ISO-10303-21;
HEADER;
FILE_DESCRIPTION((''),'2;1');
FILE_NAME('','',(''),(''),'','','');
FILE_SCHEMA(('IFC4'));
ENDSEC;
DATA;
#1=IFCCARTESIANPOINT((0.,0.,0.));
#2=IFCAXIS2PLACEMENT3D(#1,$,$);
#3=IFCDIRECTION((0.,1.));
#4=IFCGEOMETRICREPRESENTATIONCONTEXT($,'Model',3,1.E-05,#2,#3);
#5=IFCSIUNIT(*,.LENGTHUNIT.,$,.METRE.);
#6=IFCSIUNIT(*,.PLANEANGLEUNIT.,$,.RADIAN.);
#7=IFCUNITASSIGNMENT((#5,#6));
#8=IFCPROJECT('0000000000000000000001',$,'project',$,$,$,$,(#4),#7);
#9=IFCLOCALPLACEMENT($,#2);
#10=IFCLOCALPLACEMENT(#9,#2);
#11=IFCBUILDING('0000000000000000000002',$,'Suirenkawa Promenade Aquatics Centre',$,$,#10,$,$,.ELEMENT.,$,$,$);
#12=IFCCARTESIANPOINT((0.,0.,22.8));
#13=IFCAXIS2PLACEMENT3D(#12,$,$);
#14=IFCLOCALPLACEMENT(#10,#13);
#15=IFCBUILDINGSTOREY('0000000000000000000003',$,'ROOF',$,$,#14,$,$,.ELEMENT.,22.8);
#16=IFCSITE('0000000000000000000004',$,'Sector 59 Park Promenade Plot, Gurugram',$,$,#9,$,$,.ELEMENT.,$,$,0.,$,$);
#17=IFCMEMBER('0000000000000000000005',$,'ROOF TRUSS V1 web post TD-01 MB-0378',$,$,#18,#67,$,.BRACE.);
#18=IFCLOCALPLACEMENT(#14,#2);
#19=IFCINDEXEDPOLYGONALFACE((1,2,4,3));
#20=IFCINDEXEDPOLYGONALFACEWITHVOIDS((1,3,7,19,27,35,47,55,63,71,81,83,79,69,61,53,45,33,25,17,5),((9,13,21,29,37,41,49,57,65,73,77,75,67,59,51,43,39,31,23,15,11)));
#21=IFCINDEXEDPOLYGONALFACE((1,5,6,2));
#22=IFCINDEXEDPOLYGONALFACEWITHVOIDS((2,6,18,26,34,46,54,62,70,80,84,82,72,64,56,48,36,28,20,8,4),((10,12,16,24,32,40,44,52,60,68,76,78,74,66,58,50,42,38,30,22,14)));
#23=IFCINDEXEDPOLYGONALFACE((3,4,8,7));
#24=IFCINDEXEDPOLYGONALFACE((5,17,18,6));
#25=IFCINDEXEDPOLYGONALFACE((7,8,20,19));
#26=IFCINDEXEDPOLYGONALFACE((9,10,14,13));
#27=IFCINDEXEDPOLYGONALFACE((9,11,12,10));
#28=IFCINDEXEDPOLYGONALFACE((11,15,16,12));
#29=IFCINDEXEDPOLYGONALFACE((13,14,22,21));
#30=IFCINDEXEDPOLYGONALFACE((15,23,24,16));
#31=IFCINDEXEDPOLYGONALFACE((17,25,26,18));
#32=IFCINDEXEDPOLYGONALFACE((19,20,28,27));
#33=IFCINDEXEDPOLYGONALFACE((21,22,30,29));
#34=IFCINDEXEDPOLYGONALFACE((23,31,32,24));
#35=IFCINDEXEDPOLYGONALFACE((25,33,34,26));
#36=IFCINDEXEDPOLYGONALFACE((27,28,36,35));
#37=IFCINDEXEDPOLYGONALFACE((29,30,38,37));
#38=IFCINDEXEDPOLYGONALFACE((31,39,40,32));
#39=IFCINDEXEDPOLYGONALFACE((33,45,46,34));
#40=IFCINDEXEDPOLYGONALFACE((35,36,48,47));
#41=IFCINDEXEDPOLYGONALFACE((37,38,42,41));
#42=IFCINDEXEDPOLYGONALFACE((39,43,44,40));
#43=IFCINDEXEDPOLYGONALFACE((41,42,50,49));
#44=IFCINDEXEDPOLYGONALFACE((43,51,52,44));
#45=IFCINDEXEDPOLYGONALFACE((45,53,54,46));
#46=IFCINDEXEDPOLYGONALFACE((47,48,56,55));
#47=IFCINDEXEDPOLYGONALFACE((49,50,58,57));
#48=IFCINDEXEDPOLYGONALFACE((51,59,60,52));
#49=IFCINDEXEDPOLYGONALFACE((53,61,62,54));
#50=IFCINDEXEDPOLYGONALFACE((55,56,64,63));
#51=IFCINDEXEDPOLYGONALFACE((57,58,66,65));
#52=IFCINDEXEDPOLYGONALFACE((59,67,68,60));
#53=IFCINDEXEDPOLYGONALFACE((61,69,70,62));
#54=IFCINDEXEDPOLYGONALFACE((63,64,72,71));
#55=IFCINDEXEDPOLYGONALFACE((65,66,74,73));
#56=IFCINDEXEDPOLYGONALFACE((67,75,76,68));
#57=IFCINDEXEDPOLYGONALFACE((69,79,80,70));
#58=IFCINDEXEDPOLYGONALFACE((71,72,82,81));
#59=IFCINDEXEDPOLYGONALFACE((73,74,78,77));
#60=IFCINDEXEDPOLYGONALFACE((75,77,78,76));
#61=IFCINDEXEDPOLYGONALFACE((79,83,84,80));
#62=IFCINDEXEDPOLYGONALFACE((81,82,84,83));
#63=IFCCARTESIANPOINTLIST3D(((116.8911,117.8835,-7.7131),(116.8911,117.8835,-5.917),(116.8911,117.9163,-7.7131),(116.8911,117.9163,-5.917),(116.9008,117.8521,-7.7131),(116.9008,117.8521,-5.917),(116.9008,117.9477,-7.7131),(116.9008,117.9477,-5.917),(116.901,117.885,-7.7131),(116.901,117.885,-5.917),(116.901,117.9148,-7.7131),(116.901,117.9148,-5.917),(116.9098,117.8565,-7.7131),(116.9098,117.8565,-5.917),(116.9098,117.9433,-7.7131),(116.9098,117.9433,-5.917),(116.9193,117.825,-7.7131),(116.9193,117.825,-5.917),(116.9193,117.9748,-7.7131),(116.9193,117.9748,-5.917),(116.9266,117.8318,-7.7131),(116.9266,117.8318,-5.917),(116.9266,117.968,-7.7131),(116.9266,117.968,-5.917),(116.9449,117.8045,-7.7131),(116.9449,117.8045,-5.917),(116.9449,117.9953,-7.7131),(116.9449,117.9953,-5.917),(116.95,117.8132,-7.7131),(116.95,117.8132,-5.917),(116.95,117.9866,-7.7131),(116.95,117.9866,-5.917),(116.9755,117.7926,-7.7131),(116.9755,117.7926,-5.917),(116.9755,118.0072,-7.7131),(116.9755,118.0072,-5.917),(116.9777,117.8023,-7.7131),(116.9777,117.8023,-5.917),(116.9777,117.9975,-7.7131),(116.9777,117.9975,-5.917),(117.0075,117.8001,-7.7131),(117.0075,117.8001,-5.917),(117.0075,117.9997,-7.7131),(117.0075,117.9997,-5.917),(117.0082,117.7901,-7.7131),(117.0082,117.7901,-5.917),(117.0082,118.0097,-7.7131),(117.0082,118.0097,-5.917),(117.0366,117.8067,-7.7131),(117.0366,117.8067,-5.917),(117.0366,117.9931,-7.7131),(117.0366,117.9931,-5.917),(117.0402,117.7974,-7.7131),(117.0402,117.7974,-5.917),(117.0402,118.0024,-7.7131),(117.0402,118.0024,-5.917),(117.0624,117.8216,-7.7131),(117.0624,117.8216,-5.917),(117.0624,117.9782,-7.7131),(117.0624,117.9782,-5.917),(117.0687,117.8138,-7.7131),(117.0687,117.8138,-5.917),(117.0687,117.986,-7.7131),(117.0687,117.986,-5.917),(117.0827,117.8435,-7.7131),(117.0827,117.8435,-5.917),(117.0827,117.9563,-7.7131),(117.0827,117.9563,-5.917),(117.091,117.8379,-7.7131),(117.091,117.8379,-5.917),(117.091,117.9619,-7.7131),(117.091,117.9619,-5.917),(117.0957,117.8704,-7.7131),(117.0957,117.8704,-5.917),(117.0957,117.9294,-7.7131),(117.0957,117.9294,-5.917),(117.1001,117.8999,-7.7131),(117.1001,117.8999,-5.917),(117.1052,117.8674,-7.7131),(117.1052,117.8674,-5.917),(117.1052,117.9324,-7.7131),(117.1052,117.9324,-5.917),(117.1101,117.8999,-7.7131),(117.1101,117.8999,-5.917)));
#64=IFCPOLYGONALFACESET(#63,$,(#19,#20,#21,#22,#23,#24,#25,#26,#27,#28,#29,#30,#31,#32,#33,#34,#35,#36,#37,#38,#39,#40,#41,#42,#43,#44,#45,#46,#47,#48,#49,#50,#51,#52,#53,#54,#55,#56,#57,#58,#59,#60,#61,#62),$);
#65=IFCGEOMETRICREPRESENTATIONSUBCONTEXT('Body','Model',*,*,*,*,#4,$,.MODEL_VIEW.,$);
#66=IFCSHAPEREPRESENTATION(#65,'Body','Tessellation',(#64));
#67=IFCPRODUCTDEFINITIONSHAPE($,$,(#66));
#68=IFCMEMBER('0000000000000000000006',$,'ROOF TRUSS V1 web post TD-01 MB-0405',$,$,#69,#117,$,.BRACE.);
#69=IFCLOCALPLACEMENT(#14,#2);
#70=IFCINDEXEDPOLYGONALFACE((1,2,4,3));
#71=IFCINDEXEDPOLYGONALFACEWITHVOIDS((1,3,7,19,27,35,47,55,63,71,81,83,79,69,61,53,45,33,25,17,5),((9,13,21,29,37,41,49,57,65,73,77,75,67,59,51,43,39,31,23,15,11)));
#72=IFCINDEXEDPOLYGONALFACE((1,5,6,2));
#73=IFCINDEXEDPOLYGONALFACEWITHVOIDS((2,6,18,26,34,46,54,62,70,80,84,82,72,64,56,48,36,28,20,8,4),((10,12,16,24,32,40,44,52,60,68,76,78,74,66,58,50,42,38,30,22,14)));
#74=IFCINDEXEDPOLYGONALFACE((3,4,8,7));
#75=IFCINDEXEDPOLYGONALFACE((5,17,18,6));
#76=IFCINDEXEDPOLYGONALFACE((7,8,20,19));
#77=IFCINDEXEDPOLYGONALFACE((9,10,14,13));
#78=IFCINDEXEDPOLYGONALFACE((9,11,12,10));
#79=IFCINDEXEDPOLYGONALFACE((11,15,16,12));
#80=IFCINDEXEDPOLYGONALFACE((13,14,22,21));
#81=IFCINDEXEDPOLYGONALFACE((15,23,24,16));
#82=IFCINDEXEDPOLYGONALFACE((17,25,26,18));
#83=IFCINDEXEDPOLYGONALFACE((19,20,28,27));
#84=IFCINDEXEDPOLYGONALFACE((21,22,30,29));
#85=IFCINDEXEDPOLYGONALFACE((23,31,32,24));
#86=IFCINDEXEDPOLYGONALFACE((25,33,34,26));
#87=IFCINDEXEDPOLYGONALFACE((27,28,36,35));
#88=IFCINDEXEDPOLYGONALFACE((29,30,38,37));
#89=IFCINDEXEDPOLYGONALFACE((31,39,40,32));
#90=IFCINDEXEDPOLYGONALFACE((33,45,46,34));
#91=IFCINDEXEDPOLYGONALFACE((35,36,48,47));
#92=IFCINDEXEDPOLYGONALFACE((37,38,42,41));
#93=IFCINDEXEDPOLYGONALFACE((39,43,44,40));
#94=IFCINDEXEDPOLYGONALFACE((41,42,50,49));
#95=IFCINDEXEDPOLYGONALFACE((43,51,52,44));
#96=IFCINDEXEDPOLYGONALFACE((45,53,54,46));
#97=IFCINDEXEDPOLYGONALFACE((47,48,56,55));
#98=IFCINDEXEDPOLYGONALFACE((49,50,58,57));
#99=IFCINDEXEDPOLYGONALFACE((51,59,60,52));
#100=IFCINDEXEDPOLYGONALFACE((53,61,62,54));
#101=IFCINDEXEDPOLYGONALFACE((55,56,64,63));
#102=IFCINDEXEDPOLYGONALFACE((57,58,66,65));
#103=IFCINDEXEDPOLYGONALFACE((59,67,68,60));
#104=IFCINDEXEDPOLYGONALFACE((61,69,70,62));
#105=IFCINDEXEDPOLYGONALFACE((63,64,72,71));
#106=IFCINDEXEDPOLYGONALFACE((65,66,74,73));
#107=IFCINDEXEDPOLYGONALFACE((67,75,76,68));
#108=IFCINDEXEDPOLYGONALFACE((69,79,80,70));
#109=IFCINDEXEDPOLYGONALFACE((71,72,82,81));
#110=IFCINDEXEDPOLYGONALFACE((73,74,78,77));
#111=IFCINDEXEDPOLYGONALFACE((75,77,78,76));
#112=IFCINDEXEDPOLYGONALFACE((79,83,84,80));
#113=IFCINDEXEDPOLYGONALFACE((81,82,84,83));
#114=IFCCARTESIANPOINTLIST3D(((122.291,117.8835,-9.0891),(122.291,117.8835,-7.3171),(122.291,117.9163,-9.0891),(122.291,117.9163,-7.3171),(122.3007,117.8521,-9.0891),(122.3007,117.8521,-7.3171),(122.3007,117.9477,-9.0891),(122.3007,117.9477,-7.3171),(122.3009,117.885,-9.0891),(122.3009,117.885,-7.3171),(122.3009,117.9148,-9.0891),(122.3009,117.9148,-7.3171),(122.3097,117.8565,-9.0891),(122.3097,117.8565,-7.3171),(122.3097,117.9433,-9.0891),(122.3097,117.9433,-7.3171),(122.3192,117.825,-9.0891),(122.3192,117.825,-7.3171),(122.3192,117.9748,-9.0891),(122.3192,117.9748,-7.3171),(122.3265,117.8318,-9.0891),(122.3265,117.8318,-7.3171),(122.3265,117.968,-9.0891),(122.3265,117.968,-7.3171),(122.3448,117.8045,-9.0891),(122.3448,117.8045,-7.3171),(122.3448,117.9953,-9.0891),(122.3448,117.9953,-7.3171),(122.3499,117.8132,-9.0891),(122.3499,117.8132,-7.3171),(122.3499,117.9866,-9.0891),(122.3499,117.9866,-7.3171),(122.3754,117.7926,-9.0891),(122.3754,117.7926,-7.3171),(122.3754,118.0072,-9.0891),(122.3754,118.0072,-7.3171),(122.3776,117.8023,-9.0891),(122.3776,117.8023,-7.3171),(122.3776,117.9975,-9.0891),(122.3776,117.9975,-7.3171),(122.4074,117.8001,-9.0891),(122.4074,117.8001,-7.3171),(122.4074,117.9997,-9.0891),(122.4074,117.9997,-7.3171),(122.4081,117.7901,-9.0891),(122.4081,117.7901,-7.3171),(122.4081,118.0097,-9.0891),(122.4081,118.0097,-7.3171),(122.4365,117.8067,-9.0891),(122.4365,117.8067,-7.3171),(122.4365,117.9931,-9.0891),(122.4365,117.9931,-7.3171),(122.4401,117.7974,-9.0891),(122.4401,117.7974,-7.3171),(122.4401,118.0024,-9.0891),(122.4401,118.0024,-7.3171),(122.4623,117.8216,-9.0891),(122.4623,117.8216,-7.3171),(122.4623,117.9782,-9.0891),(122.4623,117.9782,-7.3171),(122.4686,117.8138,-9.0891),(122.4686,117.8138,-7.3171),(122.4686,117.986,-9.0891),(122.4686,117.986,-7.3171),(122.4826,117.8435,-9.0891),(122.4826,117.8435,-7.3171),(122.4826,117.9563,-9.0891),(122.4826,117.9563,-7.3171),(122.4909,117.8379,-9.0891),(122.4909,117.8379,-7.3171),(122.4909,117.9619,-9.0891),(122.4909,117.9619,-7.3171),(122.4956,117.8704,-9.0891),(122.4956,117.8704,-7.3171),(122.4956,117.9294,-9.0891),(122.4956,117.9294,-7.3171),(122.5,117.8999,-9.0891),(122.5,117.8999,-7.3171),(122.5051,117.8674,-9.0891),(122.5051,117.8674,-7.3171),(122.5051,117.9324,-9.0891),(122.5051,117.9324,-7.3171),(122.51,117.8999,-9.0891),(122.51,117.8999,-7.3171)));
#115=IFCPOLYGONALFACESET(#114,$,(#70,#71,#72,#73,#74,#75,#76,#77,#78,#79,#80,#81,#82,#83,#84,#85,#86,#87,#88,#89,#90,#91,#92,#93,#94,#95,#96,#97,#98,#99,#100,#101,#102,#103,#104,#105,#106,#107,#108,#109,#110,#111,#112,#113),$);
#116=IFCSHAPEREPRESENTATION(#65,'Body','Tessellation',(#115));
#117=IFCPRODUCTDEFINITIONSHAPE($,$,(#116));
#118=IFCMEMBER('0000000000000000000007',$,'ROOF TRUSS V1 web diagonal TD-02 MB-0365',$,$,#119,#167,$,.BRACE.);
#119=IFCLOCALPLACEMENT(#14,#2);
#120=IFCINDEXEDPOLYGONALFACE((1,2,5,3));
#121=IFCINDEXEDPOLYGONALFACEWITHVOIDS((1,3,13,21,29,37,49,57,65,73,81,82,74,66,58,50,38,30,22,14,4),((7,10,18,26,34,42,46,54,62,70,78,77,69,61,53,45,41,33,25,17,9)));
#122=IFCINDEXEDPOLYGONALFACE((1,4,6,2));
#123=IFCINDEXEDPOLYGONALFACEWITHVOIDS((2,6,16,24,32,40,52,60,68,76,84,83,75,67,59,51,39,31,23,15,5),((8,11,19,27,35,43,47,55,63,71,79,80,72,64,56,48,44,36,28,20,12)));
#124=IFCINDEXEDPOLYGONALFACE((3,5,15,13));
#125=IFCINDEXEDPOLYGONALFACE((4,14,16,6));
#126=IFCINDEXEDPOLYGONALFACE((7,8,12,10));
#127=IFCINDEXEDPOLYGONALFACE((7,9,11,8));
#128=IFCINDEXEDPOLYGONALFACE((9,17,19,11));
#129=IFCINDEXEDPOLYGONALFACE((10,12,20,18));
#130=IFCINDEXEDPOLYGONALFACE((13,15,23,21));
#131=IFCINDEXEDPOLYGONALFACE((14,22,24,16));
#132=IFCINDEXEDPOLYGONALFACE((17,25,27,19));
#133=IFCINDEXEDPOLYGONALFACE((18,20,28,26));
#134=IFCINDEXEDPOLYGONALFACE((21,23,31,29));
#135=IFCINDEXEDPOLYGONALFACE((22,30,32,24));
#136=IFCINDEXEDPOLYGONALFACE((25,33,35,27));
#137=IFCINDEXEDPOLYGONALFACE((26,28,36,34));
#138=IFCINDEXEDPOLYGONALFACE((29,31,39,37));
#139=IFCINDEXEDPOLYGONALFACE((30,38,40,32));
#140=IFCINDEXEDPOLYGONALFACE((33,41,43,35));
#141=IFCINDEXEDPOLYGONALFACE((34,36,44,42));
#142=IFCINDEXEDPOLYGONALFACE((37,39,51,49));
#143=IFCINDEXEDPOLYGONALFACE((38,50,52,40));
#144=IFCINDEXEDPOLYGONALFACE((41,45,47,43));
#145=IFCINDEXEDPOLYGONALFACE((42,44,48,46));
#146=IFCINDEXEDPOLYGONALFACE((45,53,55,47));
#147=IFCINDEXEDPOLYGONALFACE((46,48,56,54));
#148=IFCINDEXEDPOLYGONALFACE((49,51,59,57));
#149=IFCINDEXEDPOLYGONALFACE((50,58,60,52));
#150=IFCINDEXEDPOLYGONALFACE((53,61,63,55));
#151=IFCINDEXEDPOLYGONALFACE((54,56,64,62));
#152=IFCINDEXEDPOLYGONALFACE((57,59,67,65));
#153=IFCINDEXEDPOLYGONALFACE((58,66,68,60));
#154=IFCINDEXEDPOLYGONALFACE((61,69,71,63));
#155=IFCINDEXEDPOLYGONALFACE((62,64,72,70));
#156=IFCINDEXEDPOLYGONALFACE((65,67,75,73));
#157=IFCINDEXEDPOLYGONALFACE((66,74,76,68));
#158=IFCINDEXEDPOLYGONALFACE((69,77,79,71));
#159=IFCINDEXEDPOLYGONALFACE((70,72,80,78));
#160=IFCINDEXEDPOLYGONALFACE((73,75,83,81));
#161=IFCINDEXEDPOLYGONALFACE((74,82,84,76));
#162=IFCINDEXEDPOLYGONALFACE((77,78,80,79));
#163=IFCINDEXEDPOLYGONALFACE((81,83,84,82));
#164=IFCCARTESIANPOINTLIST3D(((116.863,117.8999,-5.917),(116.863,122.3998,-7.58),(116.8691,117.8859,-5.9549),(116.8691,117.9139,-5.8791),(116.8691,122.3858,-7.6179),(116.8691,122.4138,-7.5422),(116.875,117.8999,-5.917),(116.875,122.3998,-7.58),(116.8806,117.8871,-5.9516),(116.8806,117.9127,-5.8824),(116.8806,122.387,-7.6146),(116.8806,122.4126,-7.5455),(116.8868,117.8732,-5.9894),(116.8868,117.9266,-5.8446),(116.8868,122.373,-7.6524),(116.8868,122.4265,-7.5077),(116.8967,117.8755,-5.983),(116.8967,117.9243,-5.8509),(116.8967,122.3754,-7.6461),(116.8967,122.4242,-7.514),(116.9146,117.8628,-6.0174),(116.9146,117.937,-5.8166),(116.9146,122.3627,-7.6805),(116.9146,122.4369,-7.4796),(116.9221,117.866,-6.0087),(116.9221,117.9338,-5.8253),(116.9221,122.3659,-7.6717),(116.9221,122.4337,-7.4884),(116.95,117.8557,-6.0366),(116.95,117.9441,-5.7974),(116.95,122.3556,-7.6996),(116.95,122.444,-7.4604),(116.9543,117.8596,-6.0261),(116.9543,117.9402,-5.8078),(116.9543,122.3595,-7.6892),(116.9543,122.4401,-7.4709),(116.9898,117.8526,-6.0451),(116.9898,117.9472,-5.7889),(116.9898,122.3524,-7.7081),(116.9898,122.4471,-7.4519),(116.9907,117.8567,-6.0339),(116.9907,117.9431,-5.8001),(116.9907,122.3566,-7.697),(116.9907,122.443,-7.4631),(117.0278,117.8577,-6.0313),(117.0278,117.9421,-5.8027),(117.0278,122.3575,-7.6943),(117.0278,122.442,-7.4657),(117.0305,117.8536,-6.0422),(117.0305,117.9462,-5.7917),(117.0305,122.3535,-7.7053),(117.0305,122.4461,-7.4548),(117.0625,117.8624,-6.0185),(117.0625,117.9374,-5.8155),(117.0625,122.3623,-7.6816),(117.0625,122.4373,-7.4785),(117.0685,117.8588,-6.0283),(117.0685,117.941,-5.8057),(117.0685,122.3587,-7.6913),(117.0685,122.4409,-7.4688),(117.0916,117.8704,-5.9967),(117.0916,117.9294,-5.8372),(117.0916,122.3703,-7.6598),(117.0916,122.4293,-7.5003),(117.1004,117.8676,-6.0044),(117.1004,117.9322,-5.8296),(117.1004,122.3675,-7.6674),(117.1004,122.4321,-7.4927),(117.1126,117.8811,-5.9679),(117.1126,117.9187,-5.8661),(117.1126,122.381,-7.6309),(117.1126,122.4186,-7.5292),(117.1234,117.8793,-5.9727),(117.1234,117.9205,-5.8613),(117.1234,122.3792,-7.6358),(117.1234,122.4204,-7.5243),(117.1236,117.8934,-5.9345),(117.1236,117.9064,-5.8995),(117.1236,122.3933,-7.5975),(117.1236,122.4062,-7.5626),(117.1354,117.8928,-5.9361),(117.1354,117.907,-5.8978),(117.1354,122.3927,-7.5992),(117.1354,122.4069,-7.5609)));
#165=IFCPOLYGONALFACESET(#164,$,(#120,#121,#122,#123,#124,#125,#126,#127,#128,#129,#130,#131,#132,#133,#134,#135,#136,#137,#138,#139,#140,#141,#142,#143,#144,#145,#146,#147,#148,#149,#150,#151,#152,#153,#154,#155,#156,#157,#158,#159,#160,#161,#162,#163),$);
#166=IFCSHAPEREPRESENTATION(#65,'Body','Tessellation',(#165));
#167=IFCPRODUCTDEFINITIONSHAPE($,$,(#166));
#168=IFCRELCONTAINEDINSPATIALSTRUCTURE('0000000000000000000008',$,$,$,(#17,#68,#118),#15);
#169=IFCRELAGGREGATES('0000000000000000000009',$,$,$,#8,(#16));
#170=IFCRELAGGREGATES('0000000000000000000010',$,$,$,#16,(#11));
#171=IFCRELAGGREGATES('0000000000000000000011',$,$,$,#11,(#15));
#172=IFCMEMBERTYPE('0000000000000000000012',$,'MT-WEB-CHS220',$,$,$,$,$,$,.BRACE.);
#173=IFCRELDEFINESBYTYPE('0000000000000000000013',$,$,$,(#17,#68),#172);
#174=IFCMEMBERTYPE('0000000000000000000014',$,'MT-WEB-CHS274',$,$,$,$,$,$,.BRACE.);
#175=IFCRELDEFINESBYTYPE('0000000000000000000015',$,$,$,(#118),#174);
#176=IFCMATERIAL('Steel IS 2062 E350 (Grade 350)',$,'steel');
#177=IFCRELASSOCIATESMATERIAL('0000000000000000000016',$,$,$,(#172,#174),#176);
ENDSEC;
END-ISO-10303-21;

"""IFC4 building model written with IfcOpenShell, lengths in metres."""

from ifc_helpers import new_model, si_unit, direction, frame, origin, origin_2d, place, context, subcontext, project, spatial, hollow_circle, extrude, material, material_profile, profile_set, type_object, element, save


model = new_model("IFC4")

# Units and contexts
model_context = context("Model", 3, precision=1e-05, world=origin(), true_north=direction((0.0, 1.0)))
body_context = subcontext(model_context, "Body", "Model", "MODEL_VIEW")
ifc_project = project(units=[si_unit("LENGTHUNIT", "METRE"), si_unit("PLANEANGLEUNIT", "RADIAN")], contexts=[model_context])

# Site, building, storey
site_placement = place(None, origin())
site = spatial("IfcSite", under=ifc_project, at=site_placement, Name="Sector 59 Park Promenade Plot, Gurugram", CompositionType="ELEMENT", RefElevation=0.0)
building_placement = place(site_placement, origin())
building = spatial("IfcBuilding", under=site, at=building_placement, Name="Suirenkawa Promenade Aquatics Centre", CompositionType="ELEMENT")
storey_placement = place(building_placement, frame((0.0, 0.0, 22.8)))
storey = spatial("IfcBuildingStorey", under=building, at=storey_placement, Name="ROOF", CompositionType="ELEMENT", Elevation=22.8)

# Shared definitions
ifc_material = material(Name="Steel IS 2062 E350 (Grade 350)", Category="steel")

# Members
ifc_material_profile_1 = material_profile(ifc_material, hollow_circle(Radius=0.1101, WallThickness=0.01, at=origin_2d()), Name="CHS 220x10", Category="steel")
ifc_profile_set_1 = profile_set([ifc_material_profile_1], Name="Steel IS 2062 E350 (Grade 350)")
member_type_1 = type_object("IfcMemberType", Name="MT-WEB-CHS220", PredefinedType="BRACE", material=ifc_profile_set_1)
member_1_placement = place(storey_placement, frame((117.0, 117.8999, -7.7131), z_axis=(0.0, 0.0, 1.0), x_axis=(1.0, 0.0, 0.0)))
element("IfcMember", 1, at=member_1_placement, inside=storey, type_object=member_type_1, Name="ROOF TRUSS V1 web post TD-01 MB-0378", PredefinedType="BRACE", context=body_context, shape_type="SweptSolid", body=[
    extrude(hollow_circle(Radius=0.1101, WallThickness=0.01, at=origin_2d()), origin(), (0.0, 0.0, 1.0), 1.7961),
])
member_2_placement = place(storey_placement, frame((122.3999, 117.8999, -9.0891), z_axis=(0.0, 0.0, 1.0), x_axis=(1.0, 0.0, 0.0)))
element("IfcMember", 2, at=member_2_placement, inside=storey, type_object=member_type_1, Name="ROOF TRUSS V1 web post TD-01 MB-0405", PredefinedType="BRACE", context=body_context, shape_type="SweptSolid", body=[
    extrude(hollow_circle(Radius=0.1101, WallThickness=0.01, at=origin_2d()), origin(), (0.0, 0.0, 1.0), 1.772),
])
ifc_material_profile_2 = material_profile(ifc_material, hollow_circle(Radius=0.137, WallThickness=0.012, at=origin_2d()), Name="CHS 274x12", Category="steel")
ifc_profile_set_2 = profile_set([ifc_material_profile_2], Name="Steel IS 2062 E350 (Grade 350)")
member_type_2 = type_object("IfcMemberType", Name="MT-WEB-CHS274", PredefinedType="BRACE", material=ifc_profile_set_2)
for number, where, z_axis, x_axis, name in (
    (3, (117.0, 117.8999, -5.917), (0.0, 0.937992, -0.346658), (-1.0, 0.0, 0.0), "ROOF TRUSS V1 web diagonal TD-02 MB-0365"),
):
    element("IfcMember", number, at=place(storey_placement, frame(where, z_axis=z_axis, x_axis=x_axis)), inside=storey, type_object=member_type_2, Name=name, PredefinedType="BRACE", context=body_context, shape_type="SweptSolid", body=[
        extrude(hollow_circle(Radius=0.137, WallThickness=0.012, at=origin_2d()), origin(), (0.0, 0.0, 1.0), 4.7974),
    ])

save(model, "model.ifc")
